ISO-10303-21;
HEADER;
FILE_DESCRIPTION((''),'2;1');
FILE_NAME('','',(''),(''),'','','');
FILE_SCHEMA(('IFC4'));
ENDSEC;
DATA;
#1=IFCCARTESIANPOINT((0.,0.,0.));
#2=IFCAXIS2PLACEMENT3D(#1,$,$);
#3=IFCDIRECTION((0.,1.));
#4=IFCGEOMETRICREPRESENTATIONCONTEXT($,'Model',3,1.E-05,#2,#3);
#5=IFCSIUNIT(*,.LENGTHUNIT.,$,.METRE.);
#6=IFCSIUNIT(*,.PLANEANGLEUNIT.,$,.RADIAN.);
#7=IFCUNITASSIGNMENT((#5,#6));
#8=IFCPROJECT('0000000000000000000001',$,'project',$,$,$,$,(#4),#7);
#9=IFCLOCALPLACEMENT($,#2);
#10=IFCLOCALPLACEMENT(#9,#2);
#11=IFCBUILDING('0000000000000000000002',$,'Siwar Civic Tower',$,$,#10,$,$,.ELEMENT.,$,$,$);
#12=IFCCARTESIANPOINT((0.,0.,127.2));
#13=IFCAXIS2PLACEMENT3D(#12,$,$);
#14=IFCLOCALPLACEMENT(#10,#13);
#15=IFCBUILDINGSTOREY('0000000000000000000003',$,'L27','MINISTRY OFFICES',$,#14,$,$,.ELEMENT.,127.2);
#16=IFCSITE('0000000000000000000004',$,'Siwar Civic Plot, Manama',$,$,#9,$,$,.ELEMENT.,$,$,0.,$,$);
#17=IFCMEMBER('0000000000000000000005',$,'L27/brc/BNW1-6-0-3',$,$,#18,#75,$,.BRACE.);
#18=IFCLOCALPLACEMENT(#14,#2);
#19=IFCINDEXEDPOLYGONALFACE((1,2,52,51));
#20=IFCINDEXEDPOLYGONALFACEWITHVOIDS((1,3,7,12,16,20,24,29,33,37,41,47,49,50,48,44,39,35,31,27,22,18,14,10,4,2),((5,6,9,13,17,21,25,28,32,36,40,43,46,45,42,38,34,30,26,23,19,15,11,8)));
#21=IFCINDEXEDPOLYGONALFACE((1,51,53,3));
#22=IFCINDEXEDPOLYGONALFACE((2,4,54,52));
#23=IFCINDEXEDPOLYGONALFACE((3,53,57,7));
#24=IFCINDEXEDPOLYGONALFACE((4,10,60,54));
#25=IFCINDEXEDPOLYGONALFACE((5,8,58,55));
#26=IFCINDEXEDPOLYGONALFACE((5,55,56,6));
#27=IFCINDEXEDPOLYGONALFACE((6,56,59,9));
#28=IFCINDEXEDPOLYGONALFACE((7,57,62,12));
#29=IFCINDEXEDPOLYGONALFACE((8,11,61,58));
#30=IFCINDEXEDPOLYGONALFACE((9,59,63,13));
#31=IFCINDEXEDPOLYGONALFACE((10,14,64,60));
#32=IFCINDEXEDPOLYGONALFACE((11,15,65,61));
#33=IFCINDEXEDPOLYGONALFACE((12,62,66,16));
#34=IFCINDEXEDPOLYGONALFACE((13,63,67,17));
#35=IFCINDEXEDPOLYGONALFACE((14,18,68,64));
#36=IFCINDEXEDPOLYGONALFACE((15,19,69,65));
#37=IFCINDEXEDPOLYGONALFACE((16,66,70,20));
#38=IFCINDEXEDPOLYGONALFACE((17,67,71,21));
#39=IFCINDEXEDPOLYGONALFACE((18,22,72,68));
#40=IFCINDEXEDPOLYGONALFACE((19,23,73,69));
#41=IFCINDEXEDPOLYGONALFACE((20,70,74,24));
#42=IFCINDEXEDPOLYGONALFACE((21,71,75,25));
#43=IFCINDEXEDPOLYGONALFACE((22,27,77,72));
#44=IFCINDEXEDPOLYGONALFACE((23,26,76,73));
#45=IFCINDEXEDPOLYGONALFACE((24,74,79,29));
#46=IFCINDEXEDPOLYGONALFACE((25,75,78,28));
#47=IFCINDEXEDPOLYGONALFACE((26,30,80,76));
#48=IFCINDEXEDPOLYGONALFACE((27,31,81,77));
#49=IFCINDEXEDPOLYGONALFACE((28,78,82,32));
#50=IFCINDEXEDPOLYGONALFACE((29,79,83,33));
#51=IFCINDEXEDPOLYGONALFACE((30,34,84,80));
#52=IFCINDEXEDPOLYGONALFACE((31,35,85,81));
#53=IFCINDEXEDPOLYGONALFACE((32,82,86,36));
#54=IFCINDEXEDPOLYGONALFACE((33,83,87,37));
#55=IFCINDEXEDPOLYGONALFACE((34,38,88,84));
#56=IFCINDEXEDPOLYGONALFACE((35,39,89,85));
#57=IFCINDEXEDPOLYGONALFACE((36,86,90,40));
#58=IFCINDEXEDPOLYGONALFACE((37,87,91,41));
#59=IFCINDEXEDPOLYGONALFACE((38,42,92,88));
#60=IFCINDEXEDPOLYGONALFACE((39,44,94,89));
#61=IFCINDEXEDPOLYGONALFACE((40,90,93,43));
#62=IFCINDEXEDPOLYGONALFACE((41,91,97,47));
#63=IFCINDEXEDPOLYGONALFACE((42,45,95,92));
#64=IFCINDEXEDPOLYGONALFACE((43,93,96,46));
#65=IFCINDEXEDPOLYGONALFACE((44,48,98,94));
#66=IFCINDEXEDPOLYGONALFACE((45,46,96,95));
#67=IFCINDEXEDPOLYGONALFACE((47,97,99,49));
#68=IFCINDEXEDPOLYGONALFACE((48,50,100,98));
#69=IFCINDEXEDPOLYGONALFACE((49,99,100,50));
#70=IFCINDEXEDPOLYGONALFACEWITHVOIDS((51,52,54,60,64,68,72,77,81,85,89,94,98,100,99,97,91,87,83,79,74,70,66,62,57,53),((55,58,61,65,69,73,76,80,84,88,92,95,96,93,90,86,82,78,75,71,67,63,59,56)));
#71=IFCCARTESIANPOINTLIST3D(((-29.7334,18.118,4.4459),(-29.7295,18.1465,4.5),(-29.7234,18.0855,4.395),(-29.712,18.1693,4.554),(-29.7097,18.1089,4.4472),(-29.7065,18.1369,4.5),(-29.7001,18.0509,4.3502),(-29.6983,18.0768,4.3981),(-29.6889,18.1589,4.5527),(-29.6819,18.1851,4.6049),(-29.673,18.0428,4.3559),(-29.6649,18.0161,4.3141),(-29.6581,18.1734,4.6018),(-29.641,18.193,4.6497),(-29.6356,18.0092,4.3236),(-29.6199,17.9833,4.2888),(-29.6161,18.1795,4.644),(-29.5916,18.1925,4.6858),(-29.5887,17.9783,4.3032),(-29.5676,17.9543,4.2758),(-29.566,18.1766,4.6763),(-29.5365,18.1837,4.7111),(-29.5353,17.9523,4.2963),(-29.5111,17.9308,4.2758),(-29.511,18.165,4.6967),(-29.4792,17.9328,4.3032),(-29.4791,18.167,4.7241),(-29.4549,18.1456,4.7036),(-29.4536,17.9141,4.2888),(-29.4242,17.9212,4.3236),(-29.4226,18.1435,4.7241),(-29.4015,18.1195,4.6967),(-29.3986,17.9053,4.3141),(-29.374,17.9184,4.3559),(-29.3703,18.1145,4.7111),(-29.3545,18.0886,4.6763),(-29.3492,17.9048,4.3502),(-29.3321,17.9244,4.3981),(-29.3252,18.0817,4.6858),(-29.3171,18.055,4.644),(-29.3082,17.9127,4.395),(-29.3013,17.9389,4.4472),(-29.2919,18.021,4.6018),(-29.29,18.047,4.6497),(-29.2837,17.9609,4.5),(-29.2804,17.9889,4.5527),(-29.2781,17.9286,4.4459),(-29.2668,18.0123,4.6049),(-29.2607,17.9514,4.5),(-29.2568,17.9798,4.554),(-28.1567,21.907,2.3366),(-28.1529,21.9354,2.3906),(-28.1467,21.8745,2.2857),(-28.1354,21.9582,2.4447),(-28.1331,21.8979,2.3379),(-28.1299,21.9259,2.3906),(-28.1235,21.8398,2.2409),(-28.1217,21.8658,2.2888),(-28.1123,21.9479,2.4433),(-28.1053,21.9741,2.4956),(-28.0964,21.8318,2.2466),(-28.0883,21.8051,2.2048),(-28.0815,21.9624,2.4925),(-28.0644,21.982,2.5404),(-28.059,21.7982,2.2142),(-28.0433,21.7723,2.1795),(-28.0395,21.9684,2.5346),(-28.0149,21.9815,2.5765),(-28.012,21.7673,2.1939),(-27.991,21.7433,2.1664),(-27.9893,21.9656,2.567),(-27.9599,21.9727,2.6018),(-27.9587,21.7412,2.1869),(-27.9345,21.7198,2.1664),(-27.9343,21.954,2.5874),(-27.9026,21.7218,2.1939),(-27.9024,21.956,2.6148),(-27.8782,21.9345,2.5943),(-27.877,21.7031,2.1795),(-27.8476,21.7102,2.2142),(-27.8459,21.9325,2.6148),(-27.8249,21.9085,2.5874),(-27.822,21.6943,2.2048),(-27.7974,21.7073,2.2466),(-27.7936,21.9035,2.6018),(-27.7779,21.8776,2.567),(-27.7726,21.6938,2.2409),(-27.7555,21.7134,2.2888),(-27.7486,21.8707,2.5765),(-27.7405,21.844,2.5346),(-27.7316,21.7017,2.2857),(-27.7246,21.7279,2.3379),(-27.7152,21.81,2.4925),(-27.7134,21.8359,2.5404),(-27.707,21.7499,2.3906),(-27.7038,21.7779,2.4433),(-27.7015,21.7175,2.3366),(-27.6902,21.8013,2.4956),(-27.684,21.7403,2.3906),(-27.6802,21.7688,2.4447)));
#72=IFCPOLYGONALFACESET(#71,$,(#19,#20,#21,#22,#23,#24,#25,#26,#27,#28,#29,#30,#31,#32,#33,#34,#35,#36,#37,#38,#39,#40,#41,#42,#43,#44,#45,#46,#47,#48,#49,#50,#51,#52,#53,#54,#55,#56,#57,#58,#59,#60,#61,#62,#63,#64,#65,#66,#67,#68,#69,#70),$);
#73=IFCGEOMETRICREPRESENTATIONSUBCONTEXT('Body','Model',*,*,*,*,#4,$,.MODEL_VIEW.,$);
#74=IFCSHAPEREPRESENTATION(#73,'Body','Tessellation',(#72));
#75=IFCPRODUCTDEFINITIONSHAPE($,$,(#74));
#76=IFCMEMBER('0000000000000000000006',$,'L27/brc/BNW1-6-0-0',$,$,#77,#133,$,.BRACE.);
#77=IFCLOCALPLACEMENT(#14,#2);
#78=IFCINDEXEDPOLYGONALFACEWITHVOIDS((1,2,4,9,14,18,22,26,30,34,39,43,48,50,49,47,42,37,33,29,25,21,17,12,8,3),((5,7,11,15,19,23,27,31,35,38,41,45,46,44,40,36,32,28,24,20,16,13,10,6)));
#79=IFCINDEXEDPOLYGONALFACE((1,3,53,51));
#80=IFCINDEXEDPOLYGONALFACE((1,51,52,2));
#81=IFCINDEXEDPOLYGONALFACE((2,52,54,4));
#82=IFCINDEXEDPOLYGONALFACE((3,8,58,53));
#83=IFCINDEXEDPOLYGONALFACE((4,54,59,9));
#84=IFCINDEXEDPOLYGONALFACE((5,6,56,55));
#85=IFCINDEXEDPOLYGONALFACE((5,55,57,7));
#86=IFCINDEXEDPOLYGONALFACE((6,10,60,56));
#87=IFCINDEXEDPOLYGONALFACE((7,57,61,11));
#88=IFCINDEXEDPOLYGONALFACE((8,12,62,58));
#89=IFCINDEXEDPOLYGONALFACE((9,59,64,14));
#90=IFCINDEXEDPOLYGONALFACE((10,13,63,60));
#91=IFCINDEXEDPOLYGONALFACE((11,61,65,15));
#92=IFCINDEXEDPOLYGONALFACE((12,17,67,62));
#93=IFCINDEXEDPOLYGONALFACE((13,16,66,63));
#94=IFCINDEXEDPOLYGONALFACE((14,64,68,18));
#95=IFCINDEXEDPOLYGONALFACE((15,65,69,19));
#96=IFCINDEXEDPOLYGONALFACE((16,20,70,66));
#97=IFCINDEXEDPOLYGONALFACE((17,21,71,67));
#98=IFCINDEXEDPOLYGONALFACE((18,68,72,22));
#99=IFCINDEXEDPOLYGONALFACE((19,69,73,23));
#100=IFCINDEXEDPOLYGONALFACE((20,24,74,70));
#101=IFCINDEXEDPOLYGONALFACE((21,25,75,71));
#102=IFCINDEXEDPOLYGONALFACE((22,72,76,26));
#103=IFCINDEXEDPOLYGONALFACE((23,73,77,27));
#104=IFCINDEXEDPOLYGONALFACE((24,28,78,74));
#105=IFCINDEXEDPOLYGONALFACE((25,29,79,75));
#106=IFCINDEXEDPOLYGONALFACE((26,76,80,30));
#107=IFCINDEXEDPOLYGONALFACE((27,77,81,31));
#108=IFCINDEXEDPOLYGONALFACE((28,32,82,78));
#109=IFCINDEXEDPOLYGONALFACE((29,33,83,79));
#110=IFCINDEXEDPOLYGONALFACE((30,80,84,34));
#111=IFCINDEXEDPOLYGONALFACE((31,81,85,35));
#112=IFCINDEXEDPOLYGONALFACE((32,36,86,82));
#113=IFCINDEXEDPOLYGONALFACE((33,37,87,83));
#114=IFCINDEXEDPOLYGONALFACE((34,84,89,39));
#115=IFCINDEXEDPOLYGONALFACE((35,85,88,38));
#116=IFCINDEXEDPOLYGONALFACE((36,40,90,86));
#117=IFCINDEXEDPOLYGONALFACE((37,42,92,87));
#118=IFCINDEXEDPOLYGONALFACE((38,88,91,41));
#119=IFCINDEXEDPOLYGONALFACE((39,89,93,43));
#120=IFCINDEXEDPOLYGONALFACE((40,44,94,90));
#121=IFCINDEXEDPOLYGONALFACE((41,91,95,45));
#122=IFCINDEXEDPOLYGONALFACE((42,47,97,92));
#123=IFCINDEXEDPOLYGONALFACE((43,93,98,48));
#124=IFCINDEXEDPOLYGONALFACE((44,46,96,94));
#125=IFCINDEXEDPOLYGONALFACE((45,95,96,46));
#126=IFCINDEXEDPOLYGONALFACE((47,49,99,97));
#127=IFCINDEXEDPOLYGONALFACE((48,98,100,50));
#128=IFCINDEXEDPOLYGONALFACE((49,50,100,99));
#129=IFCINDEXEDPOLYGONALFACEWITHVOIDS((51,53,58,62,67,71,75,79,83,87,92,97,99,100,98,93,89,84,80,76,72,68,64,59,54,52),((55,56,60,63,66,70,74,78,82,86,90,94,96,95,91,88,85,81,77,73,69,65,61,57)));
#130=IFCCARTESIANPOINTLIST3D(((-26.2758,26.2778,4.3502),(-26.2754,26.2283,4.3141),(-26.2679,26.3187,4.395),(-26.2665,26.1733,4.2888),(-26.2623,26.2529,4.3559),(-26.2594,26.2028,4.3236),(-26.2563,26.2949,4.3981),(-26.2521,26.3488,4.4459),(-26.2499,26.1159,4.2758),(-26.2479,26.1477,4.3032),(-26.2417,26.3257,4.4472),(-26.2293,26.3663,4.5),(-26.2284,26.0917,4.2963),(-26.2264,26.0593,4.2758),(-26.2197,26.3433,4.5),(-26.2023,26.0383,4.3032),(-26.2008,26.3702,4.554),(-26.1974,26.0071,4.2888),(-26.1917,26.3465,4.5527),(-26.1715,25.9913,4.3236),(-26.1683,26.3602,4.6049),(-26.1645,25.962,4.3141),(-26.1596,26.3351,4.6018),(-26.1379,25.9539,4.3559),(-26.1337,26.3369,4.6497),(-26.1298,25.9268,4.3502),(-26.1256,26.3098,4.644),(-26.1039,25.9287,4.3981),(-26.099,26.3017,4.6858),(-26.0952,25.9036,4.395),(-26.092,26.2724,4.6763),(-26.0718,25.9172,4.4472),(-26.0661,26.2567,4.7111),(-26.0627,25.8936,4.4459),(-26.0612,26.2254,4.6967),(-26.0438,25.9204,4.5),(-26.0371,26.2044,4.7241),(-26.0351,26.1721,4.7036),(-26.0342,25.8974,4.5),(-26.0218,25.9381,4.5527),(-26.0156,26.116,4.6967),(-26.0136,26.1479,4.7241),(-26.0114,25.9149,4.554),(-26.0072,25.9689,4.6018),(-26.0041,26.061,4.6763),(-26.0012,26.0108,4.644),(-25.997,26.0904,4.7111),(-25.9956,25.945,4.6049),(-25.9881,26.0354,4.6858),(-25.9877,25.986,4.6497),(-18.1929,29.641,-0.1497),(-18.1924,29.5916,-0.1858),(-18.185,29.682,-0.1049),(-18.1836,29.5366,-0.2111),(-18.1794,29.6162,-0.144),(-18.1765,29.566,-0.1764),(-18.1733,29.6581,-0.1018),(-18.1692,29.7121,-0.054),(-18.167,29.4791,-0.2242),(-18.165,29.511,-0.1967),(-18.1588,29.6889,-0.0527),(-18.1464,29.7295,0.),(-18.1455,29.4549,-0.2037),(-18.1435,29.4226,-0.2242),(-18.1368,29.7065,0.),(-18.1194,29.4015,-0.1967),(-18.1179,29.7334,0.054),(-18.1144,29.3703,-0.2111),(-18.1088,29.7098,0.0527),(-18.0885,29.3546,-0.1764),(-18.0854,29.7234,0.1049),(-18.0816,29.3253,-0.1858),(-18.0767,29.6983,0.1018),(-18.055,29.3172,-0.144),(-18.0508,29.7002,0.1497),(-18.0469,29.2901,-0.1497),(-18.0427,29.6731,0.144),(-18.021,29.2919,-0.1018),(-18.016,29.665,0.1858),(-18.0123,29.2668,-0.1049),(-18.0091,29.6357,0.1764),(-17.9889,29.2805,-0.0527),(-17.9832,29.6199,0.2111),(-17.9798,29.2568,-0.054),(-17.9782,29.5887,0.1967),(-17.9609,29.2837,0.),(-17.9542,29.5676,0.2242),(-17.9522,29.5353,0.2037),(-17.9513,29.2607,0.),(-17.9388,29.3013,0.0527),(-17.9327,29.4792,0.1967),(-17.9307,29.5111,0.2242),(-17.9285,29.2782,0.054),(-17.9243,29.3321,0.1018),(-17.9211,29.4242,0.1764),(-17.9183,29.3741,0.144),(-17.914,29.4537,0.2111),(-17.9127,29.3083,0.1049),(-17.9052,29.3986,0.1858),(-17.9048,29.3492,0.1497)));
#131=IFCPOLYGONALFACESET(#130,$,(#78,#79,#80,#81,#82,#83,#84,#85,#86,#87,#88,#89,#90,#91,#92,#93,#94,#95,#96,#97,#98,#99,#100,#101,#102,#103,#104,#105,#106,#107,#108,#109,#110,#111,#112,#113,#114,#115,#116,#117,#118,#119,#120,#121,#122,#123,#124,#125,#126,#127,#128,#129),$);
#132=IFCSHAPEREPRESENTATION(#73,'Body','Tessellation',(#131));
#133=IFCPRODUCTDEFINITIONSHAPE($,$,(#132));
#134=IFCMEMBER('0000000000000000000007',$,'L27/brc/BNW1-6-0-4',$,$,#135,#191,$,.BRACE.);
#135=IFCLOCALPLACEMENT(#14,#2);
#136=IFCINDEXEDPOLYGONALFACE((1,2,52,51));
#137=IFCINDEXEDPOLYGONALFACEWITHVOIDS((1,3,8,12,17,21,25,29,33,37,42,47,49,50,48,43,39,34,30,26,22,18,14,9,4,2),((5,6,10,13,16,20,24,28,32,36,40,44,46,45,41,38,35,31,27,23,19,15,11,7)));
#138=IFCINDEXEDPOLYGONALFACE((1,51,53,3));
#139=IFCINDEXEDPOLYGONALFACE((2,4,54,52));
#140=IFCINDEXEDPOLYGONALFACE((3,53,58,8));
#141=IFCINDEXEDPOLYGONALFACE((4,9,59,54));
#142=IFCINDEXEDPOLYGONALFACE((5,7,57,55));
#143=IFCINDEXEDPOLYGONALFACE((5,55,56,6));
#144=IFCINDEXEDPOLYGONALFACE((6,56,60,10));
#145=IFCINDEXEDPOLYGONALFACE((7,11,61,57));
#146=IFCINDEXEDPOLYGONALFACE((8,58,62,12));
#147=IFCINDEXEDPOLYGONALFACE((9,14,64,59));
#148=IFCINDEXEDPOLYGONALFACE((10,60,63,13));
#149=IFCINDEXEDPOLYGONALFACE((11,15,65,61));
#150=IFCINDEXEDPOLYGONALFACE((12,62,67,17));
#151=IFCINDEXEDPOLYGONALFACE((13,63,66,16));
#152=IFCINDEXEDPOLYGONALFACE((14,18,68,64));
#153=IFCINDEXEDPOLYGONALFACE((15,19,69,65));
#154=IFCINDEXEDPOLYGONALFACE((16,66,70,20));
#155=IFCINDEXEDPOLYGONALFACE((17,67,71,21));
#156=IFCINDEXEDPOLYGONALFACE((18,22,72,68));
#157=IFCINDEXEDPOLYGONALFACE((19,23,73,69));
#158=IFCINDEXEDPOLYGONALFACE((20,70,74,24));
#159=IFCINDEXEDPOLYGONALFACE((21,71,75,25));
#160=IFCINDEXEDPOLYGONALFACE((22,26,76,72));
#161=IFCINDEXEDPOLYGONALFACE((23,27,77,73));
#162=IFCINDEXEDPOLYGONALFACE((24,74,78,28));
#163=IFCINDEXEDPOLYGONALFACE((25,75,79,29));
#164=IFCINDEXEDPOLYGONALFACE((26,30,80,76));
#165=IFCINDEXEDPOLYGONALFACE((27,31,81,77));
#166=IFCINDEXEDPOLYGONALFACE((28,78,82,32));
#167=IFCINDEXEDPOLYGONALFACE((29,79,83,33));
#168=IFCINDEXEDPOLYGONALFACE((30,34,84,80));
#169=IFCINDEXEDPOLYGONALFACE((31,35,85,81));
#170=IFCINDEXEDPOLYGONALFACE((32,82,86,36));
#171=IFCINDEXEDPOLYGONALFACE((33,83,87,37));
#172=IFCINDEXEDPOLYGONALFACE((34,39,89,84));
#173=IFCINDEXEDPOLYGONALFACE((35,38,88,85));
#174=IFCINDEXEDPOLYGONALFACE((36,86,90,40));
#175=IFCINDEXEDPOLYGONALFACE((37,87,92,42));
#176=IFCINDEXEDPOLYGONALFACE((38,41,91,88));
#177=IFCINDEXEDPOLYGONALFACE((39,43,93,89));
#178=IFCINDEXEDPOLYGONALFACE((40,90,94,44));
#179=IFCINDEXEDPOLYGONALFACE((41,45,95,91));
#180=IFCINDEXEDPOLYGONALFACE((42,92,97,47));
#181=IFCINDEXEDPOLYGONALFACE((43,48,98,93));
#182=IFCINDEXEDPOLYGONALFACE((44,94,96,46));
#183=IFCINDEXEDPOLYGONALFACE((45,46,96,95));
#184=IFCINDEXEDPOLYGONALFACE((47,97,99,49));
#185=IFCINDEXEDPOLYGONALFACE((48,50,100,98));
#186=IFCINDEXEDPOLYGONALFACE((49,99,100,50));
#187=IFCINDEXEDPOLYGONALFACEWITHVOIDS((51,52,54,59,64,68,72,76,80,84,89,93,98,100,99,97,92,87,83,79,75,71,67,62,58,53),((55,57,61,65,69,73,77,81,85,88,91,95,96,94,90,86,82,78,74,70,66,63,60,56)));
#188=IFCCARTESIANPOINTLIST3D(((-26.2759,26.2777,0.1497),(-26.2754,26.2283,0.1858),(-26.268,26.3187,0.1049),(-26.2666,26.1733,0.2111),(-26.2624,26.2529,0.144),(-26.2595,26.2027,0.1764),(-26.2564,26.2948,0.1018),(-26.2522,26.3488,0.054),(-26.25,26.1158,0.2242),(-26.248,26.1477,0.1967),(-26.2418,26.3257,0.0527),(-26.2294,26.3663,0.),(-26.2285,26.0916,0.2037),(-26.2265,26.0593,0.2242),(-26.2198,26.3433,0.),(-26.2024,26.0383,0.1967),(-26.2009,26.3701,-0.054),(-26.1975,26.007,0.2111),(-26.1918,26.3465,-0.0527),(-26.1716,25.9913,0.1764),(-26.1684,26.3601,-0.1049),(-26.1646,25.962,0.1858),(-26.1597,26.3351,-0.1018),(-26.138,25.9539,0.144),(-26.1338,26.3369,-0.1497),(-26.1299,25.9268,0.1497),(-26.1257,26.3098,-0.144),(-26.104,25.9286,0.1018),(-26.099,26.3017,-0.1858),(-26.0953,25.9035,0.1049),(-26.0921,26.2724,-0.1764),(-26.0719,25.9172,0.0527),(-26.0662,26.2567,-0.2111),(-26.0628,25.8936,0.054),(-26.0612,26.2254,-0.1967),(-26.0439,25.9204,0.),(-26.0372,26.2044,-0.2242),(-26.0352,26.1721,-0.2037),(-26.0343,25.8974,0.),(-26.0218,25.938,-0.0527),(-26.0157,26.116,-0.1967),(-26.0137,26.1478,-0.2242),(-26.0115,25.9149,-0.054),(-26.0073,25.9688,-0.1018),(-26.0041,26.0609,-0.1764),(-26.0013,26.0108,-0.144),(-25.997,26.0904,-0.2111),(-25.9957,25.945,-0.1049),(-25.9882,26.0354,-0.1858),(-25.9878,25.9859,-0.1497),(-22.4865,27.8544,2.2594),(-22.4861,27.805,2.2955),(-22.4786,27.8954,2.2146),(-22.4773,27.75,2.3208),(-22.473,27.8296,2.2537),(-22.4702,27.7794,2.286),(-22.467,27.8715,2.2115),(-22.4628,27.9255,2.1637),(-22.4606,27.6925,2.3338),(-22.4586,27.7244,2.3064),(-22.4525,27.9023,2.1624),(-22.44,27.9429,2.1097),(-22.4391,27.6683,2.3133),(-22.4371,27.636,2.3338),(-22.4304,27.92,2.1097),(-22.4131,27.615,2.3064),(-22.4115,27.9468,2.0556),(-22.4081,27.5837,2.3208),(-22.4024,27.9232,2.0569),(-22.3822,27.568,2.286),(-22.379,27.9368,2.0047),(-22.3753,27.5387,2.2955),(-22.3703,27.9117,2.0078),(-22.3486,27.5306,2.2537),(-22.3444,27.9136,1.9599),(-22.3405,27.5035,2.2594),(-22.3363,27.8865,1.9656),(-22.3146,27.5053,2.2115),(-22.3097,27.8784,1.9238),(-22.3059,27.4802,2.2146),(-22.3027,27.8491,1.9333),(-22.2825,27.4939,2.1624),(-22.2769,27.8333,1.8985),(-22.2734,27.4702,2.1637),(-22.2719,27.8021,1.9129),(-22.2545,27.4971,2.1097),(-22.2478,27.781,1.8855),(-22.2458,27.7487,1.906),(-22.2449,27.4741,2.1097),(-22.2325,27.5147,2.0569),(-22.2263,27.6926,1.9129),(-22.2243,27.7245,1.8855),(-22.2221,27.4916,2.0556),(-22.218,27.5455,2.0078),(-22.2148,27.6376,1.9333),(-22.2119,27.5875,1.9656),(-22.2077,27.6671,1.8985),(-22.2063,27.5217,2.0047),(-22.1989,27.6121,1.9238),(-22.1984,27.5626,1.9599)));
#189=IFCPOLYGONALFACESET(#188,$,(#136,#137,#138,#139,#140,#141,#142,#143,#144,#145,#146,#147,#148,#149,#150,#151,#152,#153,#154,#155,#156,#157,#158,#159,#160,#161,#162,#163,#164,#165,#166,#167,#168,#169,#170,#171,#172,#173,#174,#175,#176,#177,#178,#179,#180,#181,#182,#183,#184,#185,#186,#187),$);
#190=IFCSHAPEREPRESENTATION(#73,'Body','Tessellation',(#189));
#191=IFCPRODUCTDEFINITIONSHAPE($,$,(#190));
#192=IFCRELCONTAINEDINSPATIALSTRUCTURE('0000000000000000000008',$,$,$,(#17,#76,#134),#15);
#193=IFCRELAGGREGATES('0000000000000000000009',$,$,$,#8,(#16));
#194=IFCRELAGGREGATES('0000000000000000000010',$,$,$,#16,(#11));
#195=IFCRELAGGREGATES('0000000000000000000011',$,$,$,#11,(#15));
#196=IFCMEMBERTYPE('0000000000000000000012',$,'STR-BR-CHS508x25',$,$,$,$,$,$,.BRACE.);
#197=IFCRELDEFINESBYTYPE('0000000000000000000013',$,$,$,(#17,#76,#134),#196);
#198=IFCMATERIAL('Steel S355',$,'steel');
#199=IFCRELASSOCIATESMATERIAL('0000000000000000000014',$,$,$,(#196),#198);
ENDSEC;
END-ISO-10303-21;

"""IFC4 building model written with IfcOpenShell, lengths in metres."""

from ifc_helpers import new_model, si_unit, direction, frame, origin, origin_2d, place, context, subcontext, project, spatial, hollow_circle, extrude, material, material_profile, profile_set, type_object, element, save


model = new_model("IFC4")

# Units and contexts
model_context = context("Model", 3, precision=1e-05, world=origin(), true_north=direction((0.0, 1.0)))
body_context = subcontext(model_context, "Body", "Model", "MODEL_VIEW")
ifc_project = project(units=[si_unit("LENGTHUNIT", "METRE"), si_unit("PLANEANGLEUNIT", "RADIAN")], contexts=[model_context])

# Site, building, storey
site_placement = place(None, origin())
site = spatial("IfcSite", under=ifc_project, at=site_placement, Name="Siwar Civic Plot, Manama", CompositionType="ELEMENT", RefElevation=0.0)
building_placement = place(site_placement, origin())
building = spatial("IfcBuilding", under=site, at=building_placement, Name="Siwar Civic Tower", CompositionType="ELEMENT")
storey_placement = place(building_placement, frame((0.0, 0.0, 127.2)))
storey = spatial("IfcBuildingStorey", under=building, at=storey_placement, Name="L27", Description="MINISTRY OFFICES", CompositionType="ELEMENT", Elevation=127.2)

# Members
ifc_material_1 = material(Name="Steel S355", Category="steel")
ifc_material_profile_1 = material_profile(ifc_material_1, hollow_circle(Radius=0.2539, WallThickness=0.0249, at=origin_2d()), Name="CHS508x25")
ifc_profile_set_1 = profile_set([ifc_material_profile_1], Name="Steel S355")
member_type_1 = type_object("IfcMemberType", Name="STR-BR-CHS508x25", PredefinedType="BRACE", material=ifc_profile_set_1)
member_1_placement = place(storey_placement, frame((-27.9185, 21.8379, 2.3906), z_axis=(-0.341686, -0.821146, 0.457133), x_axis=(0.92326, -0.384176, 0.0)))
element("IfcMember", 1, at=member_1_placement, inside=storey, type_object=member_type_1, Name="L27/brc/BNW1-6-0-3", PredefinedType="BRACE", context=body_context, shape_type="SweptSolid", body=[
    extrude(hollow_circle(Radius=0.2539, WallThickness=0.0249, at=origin_2d()), origin(), (0.0, 0.0, 1.0), 4.6143),
])
member_2_placement = place(storey_placement, frame((-18.0488, 29.4951, 0.0), z_axis=(-0.821143, -0.341671, 0.457149), x_axis=(0.384164, -0.923265, 0.0)))
element("IfcMember", 2, at=member_2_placement, inside=storey, type_object=member_type_1, Name="L27/brc/BNW1-6-0-0", PredefinedType="BRACE", context=body_context, shape_type="SweptSolid", body=[
    extrude(hollow_circle(Radius=0.2539, WallThickness=0.0249, at=origin_2d()), origin(), (0.0, 0.0, 1.0), 9.8435),
])
member_3_placement = place(storey_placement, frame((-26.1318, 26.1318, 0.0), z_axis=(0.821143, 0.341662, 0.457155), x_axis=(-0.384155, 0.923269, 0.0)))
element("IfcMember", 3, at=member_3_placement, inside=storey, type_object=member_type_1, Name="L27/brc/BNW1-6-0-4", PredefinedType="BRACE", context=body_context, shape_type="SweptSolid", body=[
    extrude(hollow_circle(Radius=0.2539, WallThickness=0.0249, at=origin_2d()), origin(), (0.0, 0.0, 1.0), 4.6147),
])

save(model, "model.ifc")
